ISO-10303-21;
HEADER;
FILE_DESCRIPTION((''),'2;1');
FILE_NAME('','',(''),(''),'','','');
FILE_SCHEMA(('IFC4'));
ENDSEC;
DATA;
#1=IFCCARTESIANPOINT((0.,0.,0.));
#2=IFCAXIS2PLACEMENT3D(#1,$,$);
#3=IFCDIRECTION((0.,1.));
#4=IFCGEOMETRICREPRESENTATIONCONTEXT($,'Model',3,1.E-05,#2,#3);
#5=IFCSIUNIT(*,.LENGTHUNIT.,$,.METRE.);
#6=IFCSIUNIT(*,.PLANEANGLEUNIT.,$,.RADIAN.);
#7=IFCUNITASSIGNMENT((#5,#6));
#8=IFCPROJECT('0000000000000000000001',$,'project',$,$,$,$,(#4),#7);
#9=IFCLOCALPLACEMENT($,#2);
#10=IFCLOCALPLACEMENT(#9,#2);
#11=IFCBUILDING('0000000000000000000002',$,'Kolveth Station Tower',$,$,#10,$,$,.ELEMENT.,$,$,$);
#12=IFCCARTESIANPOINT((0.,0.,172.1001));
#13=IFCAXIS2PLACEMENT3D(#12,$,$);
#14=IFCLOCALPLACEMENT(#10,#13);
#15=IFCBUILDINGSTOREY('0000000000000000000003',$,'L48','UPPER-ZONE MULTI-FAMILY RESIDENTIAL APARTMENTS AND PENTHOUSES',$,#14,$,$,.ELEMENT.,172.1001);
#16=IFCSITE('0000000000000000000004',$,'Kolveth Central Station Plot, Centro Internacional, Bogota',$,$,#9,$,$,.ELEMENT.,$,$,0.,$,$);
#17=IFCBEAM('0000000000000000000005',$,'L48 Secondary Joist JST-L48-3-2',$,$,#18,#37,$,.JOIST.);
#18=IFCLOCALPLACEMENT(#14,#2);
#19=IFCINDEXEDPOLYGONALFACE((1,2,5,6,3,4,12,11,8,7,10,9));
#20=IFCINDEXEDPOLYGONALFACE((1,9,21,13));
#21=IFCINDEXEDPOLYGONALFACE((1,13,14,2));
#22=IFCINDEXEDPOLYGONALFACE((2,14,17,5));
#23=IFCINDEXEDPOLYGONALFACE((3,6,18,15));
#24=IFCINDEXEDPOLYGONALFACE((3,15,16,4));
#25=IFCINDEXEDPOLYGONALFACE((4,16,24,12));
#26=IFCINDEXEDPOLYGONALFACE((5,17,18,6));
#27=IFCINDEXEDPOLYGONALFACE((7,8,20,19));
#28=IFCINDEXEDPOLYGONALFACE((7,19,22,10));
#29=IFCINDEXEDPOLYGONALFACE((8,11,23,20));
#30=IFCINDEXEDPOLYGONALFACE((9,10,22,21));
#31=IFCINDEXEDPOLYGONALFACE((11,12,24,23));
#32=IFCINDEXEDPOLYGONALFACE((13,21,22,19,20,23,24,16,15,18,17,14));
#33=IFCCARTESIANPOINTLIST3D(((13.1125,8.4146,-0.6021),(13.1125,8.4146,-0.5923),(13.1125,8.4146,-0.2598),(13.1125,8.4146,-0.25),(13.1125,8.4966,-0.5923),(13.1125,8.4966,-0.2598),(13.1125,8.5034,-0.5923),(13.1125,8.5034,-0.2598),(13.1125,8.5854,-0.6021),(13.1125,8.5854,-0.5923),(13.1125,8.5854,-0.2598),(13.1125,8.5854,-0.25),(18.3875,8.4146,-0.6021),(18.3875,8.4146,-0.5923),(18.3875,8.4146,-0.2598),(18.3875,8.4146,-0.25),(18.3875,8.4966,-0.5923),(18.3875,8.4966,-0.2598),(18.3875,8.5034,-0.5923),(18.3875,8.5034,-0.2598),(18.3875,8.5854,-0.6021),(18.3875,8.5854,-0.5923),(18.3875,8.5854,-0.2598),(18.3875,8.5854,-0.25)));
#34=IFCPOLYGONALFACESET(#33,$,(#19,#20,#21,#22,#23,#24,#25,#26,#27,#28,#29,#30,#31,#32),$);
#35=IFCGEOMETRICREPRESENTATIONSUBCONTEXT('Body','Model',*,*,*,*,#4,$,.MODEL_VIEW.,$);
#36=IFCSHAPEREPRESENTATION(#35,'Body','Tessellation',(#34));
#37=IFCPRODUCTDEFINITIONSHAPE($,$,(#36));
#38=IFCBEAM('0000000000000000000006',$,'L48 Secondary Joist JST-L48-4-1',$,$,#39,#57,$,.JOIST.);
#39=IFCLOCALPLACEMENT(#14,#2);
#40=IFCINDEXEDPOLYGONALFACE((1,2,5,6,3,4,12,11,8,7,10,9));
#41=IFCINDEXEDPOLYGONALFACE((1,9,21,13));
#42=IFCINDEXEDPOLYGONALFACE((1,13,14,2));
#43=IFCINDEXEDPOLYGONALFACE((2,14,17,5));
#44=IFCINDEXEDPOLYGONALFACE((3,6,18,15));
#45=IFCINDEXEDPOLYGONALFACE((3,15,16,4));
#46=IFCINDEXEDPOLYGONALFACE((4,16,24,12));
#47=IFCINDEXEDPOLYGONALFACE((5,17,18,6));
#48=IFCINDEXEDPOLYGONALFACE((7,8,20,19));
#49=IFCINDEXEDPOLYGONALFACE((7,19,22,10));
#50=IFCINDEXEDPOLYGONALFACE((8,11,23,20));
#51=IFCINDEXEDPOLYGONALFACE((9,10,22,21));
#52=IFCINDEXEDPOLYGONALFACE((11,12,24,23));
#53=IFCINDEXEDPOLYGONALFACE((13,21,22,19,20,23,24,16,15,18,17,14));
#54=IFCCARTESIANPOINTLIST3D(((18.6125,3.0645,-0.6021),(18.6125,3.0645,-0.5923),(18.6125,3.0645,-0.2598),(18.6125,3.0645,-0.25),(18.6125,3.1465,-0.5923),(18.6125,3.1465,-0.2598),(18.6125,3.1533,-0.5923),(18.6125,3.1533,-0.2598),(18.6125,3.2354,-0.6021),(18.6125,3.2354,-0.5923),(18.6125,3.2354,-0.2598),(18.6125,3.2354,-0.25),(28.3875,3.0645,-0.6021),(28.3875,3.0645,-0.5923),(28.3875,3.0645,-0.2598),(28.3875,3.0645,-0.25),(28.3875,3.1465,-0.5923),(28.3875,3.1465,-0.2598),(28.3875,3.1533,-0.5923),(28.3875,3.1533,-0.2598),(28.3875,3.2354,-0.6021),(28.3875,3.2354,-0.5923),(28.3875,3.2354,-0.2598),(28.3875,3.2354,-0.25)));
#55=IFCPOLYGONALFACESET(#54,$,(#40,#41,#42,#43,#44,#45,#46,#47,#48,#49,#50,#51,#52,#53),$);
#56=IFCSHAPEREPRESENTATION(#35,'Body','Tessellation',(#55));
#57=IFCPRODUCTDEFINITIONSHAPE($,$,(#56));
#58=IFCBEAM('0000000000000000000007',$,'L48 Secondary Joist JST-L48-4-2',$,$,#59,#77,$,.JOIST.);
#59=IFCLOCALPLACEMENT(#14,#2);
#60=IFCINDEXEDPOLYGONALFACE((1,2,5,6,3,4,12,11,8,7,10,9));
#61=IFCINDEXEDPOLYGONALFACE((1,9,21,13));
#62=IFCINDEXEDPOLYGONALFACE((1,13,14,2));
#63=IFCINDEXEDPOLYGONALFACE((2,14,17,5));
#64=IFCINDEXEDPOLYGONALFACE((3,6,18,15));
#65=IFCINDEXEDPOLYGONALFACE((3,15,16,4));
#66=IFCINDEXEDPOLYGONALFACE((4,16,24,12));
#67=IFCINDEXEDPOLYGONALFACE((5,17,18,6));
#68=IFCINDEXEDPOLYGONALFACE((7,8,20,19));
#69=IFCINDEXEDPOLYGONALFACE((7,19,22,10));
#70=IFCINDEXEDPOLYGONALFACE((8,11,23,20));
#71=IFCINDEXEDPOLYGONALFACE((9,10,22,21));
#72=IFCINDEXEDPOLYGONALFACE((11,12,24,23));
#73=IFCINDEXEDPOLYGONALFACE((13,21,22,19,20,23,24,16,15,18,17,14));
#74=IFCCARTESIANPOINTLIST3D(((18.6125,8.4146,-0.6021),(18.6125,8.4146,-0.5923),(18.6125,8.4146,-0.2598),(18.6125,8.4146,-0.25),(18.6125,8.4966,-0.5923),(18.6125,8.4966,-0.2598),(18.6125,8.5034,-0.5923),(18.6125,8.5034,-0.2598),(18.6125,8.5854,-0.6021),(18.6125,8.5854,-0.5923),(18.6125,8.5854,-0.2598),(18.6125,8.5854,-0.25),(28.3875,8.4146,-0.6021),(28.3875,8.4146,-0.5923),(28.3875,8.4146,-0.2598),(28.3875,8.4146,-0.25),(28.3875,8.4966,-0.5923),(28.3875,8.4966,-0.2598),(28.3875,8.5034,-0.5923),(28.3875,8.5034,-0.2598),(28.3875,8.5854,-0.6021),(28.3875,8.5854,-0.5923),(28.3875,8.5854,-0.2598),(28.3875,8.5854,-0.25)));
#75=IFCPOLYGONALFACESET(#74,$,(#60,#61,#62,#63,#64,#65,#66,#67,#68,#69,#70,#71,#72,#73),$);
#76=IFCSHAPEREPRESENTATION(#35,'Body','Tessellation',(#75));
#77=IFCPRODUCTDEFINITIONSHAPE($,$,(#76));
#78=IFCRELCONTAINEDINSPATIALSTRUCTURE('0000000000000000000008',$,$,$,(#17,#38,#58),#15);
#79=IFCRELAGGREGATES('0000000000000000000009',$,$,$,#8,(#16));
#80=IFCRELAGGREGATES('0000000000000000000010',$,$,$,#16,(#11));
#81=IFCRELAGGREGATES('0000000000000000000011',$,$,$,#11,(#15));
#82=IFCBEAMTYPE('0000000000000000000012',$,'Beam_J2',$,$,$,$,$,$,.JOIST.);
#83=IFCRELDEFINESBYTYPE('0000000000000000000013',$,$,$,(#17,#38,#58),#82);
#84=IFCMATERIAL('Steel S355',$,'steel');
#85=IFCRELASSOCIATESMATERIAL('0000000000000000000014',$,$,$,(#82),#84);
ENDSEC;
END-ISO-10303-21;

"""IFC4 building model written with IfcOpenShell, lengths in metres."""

from ifc_helpers import new_model, si_unit, direction, frame, origin, origin_2d, place, context, subcontext, project, spatial, i_section, extrude, source, transform, mapped, material, material_profile, profile_set, type_object, element, save


model = new_model("IFC4")

# Units and contexts
model_context = context("Model", 3, precision=1e-05, world=origin(), true_north=direction((0.0, 1.0)))
body_context = subcontext(model_context, "Body", "Model", "MODEL_VIEW")
ifc_project = project(units=[si_unit("LENGTHUNIT", "METRE"), si_unit("PLANEANGLEUNIT", "RADIAN")], contexts=[model_context])

# Site, building, storey
site_placement = place(None, origin())
site = spatial("IfcSite", under=ifc_project, at=site_placement, Name="Kolveth Central Station Plot, Centro Internacional, Bogota", CompositionType="ELEMENT", RefElevation=0.0)
building_placement = place(site_placement, origin())
building = spatial("IfcBuilding", under=site, at=building_placement, Name="Kolveth Station Tower", CompositionType="ELEMENT")
storey_placement = place(building_placement, frame((0.0, 0.0, 172.1001)))
storey = spatial("IfcBuildingStorey", under=building, at=storey_placement, Name="L48", Description="UPPER-ZONE MULTI-FAMILY RESIDENTIAL APARTMENTS AND PENTHOUSES", CompositionType="ELEMENT", Elevation=172.1001)

# Shared definitions
ifc_material = material(Name="Steel S355", Category="steel")

# Beams
ifc_material_profile_1 = material_profile(ifc_material, i_section(OverallWidth=0.1709, OverallDepth=0.3521, WebThickness=0.0068, FlangeThickness=0.0098, at=origin_2d()), Name="W360x44")
ifc_profile_set_1 = profile_set([ifc_material_profile_1], Name="Steel S355")
beam_type_1 = type_object("IfcBeamType", Name="Beam_J2", PredefinedType="JOIST", material=ifc_profile_set_1)
shared_shape_1 = source(origin(), body_context, "Body", "SweptSolid", [
    extrude(i_section(OverallWidth=0.1709, OverallDepth=0.3521, WebThickness=0.0068, FlangeThickness=0.0098, at=origin_2d()), origin(), (0.0, 0.0, 1.0), 5.2749),
])
for number, where, z_axis, x_axis, name in (
    (1, (13.1125, 8.5, -0.426), (1.0, 0.0, 0.0), (0.0, 1.0, 0.0), "L48 Secondary Joist JST-L48-3-2"),
):
    element("IfcBeam", number, at=place(storey_placement, frame(where, z_axis=z_axis, x_axis=x_axis)), inside=storey, type_object=beam_type_1, Name=name, PredefinedType="JOIST", context=body_context, shape_type="MappedRepresentation", body=[
        mapped(shared_shape_1, transform((0.0, 0.0, 0.0), x_axis=(1.0, 0.0, 0.0), y_axis=(0.0, 1.0, 0.0), z_axis=(0.0, 0.0, 1.0), scale=1.0)),
    ])
shared_shape_2 = source(origin(), body_context, "Body", "SweptSolid", [
    extrude(i_section(OverallWidth=0.1709, OverallDepth=0.3521, WebThickness=0.0068, FlangeThickness=0.0098, at=origin_2d()), origin(), (0.0, 0.0, 1.0), 9.7749),
])
for number, where, z_axis, x_axis, name in (
    (2, (18.6125, 3.1499, -0.426), (1.0, 0.0, 0.0), (0.0, 1.0, 0.0), "L48 Secondary Joist JST-L48-4-1"),
    (3, (18.6125, 8.5, -0.426), (1.0, 0.0, 0.0), (0.0, 1.0, 0.0), "L48 Secondary Joist JST-L48-4-2"),
):
    element("IfcBeam", number, at=place(storey_placement, frame(where, z_axis=z_axis, x_axis=x_axis)), inside=storey, type_object=beam_type_1, Name=name, PredefinedType="JOIST", context=body_context, shape_type="MappedRepresentation", body=[
        mapped(shared_shape_2, transform((0.0, 0.0, 0.0), x_axis=(1.0, 0.0, 0.0), y_axis=(0.0, 1.0, 0.0), z_axis=(0.0, 0.0, 1.0), scale=1.0)),
    ])

save(model, "model.ifc")
